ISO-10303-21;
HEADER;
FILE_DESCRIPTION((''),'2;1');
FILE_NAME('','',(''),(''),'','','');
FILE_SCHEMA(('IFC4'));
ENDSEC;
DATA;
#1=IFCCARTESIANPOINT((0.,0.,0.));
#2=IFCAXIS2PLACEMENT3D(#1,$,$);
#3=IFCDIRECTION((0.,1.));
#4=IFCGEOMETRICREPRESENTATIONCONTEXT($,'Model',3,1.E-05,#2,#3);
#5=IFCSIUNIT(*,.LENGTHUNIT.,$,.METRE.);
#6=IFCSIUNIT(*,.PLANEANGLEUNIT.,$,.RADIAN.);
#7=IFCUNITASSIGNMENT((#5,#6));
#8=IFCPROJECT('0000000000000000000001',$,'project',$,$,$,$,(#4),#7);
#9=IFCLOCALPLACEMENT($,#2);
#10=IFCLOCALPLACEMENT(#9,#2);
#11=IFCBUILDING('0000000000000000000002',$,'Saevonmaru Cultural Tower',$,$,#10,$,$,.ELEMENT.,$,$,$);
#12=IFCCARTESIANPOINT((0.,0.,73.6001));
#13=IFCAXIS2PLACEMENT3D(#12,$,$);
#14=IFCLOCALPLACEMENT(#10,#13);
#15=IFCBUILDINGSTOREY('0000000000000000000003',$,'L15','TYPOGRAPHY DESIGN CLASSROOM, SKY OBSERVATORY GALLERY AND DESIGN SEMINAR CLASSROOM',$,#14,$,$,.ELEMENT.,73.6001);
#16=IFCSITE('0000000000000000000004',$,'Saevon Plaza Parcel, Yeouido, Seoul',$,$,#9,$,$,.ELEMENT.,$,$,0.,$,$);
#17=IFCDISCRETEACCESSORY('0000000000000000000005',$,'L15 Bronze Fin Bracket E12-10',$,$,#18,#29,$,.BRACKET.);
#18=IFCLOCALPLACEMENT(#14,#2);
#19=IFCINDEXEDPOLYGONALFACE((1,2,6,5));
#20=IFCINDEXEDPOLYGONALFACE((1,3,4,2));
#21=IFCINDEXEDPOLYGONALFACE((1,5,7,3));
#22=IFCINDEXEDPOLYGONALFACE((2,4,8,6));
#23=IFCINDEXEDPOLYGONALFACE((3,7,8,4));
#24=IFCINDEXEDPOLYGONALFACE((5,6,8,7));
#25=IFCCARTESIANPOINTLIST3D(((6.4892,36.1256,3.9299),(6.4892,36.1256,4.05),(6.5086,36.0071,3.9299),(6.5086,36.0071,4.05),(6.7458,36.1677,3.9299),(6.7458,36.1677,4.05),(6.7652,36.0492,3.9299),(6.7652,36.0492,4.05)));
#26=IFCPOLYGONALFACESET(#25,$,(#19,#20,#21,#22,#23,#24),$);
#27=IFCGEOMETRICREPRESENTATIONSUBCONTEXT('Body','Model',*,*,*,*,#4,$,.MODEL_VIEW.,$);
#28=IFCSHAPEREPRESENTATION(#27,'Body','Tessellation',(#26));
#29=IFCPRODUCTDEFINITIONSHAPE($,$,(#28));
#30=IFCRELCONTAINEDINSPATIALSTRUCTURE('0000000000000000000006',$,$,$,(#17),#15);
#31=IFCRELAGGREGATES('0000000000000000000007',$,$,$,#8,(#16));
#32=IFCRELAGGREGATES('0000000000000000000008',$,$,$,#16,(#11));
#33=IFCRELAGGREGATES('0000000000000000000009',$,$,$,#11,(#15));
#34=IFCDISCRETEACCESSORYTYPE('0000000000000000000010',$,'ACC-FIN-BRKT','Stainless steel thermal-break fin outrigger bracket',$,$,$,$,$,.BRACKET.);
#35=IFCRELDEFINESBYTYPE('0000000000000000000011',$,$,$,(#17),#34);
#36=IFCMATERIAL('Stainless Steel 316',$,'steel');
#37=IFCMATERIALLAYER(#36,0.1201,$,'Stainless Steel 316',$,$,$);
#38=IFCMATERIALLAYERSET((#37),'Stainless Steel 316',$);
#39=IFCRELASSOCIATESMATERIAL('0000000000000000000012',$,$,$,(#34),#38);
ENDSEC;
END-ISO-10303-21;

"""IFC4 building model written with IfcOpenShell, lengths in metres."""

from ifc_helpers import new_model, si_unit, direction, frame, origin, origin_2d, place, context, subcontext, project, spatial, rectangle, extrude, material, layer, layer_set, type_object, element, save


model = new_model("IFC4")

# Units and contexts
model_context = context("Model", 3, precision=1e-05, world=origin(), true_north=direction((0.0, 1.0)))
body_context = subcontext(model_context, "Body", "Model", "MODEL_VIEW")
ifc_project = project(units=[si_unit("LENGTHUNIT", "METRE"), si_unit("PLANEANGLEUNIT", "RADIAN")], contexts=[model_context])

# Site, building, storey
site_placement = place(None, origin())
site = spatial("IfcSite", under=ifc_project, at=site_placement, Name="Saevon Plaza Parcel, Yeouido, Seoul", CompositionType="ELEMENT", RefElevation=0.0)
building_placement = place(site_placement, origin())
building = spatial("IfcBuilding", under=site, at=building_placement, Name="Saevonmaru Cultural Tower", CompositionType="ELEMENT")
storey_placement = place(building_placement, frame((0.0, 0.0, 73.6001)))
storey = spatial("IfcBuildingStorey", under=building, at=storey_placement, Name="L15", Description="TYPOGRAPHY DESIGN CLASSROOM, SKY OBSERVATORY GALLERY AND DESIGN SEMINAR CLASSROOM", CompositionType="ELEMENT", Elevation=73.6001)

# Discrete accessory
ifc_material_1 = material(Name="Stainless Steel 316", Category="steel")
ifc_layer_1 = layer(ifc_material_1, 0.1201, Name="Stainless Steel 316")
ifc_layer_set_1 = layer_set([ifc_layer_1], Name="Stainless Steel 316")
discrete_accessory_type = type_object("IfcDiscreteAccessoryType", Name="ACC-FIN-BRKT", Description="Stainless steel thermal-break fin outrigger bracket", PredefinedType="BRACKET", material=ifc_layer_set_1)
for number, where, z_axis, x_axis, name in (
    (1, (6.6272, 36.0874, 3.9299), (0.0, 0.0, 1.0), (-0.986827, -0.161776, 0.0), "L15 Bronze Fin Bracket E12-10"),
):
    element("IfcDiscreteAccessory", number, at=place(storey_placement, frame(where, z_axis=z_axis, x_axis=x_axis)), inside=storey, type_object=discrete_accessory_type, Name=name, PredefinedType="BRACKET", context=body_context, shape_type="SweptSolid", body=[
        extrude(rectangle(XDim=0.26, YDim=0.1201, at=origin_2d()), origin(), (0.0, 0.0, 1.0), 0.1201),
    ])

save(model, "model.ifc")
